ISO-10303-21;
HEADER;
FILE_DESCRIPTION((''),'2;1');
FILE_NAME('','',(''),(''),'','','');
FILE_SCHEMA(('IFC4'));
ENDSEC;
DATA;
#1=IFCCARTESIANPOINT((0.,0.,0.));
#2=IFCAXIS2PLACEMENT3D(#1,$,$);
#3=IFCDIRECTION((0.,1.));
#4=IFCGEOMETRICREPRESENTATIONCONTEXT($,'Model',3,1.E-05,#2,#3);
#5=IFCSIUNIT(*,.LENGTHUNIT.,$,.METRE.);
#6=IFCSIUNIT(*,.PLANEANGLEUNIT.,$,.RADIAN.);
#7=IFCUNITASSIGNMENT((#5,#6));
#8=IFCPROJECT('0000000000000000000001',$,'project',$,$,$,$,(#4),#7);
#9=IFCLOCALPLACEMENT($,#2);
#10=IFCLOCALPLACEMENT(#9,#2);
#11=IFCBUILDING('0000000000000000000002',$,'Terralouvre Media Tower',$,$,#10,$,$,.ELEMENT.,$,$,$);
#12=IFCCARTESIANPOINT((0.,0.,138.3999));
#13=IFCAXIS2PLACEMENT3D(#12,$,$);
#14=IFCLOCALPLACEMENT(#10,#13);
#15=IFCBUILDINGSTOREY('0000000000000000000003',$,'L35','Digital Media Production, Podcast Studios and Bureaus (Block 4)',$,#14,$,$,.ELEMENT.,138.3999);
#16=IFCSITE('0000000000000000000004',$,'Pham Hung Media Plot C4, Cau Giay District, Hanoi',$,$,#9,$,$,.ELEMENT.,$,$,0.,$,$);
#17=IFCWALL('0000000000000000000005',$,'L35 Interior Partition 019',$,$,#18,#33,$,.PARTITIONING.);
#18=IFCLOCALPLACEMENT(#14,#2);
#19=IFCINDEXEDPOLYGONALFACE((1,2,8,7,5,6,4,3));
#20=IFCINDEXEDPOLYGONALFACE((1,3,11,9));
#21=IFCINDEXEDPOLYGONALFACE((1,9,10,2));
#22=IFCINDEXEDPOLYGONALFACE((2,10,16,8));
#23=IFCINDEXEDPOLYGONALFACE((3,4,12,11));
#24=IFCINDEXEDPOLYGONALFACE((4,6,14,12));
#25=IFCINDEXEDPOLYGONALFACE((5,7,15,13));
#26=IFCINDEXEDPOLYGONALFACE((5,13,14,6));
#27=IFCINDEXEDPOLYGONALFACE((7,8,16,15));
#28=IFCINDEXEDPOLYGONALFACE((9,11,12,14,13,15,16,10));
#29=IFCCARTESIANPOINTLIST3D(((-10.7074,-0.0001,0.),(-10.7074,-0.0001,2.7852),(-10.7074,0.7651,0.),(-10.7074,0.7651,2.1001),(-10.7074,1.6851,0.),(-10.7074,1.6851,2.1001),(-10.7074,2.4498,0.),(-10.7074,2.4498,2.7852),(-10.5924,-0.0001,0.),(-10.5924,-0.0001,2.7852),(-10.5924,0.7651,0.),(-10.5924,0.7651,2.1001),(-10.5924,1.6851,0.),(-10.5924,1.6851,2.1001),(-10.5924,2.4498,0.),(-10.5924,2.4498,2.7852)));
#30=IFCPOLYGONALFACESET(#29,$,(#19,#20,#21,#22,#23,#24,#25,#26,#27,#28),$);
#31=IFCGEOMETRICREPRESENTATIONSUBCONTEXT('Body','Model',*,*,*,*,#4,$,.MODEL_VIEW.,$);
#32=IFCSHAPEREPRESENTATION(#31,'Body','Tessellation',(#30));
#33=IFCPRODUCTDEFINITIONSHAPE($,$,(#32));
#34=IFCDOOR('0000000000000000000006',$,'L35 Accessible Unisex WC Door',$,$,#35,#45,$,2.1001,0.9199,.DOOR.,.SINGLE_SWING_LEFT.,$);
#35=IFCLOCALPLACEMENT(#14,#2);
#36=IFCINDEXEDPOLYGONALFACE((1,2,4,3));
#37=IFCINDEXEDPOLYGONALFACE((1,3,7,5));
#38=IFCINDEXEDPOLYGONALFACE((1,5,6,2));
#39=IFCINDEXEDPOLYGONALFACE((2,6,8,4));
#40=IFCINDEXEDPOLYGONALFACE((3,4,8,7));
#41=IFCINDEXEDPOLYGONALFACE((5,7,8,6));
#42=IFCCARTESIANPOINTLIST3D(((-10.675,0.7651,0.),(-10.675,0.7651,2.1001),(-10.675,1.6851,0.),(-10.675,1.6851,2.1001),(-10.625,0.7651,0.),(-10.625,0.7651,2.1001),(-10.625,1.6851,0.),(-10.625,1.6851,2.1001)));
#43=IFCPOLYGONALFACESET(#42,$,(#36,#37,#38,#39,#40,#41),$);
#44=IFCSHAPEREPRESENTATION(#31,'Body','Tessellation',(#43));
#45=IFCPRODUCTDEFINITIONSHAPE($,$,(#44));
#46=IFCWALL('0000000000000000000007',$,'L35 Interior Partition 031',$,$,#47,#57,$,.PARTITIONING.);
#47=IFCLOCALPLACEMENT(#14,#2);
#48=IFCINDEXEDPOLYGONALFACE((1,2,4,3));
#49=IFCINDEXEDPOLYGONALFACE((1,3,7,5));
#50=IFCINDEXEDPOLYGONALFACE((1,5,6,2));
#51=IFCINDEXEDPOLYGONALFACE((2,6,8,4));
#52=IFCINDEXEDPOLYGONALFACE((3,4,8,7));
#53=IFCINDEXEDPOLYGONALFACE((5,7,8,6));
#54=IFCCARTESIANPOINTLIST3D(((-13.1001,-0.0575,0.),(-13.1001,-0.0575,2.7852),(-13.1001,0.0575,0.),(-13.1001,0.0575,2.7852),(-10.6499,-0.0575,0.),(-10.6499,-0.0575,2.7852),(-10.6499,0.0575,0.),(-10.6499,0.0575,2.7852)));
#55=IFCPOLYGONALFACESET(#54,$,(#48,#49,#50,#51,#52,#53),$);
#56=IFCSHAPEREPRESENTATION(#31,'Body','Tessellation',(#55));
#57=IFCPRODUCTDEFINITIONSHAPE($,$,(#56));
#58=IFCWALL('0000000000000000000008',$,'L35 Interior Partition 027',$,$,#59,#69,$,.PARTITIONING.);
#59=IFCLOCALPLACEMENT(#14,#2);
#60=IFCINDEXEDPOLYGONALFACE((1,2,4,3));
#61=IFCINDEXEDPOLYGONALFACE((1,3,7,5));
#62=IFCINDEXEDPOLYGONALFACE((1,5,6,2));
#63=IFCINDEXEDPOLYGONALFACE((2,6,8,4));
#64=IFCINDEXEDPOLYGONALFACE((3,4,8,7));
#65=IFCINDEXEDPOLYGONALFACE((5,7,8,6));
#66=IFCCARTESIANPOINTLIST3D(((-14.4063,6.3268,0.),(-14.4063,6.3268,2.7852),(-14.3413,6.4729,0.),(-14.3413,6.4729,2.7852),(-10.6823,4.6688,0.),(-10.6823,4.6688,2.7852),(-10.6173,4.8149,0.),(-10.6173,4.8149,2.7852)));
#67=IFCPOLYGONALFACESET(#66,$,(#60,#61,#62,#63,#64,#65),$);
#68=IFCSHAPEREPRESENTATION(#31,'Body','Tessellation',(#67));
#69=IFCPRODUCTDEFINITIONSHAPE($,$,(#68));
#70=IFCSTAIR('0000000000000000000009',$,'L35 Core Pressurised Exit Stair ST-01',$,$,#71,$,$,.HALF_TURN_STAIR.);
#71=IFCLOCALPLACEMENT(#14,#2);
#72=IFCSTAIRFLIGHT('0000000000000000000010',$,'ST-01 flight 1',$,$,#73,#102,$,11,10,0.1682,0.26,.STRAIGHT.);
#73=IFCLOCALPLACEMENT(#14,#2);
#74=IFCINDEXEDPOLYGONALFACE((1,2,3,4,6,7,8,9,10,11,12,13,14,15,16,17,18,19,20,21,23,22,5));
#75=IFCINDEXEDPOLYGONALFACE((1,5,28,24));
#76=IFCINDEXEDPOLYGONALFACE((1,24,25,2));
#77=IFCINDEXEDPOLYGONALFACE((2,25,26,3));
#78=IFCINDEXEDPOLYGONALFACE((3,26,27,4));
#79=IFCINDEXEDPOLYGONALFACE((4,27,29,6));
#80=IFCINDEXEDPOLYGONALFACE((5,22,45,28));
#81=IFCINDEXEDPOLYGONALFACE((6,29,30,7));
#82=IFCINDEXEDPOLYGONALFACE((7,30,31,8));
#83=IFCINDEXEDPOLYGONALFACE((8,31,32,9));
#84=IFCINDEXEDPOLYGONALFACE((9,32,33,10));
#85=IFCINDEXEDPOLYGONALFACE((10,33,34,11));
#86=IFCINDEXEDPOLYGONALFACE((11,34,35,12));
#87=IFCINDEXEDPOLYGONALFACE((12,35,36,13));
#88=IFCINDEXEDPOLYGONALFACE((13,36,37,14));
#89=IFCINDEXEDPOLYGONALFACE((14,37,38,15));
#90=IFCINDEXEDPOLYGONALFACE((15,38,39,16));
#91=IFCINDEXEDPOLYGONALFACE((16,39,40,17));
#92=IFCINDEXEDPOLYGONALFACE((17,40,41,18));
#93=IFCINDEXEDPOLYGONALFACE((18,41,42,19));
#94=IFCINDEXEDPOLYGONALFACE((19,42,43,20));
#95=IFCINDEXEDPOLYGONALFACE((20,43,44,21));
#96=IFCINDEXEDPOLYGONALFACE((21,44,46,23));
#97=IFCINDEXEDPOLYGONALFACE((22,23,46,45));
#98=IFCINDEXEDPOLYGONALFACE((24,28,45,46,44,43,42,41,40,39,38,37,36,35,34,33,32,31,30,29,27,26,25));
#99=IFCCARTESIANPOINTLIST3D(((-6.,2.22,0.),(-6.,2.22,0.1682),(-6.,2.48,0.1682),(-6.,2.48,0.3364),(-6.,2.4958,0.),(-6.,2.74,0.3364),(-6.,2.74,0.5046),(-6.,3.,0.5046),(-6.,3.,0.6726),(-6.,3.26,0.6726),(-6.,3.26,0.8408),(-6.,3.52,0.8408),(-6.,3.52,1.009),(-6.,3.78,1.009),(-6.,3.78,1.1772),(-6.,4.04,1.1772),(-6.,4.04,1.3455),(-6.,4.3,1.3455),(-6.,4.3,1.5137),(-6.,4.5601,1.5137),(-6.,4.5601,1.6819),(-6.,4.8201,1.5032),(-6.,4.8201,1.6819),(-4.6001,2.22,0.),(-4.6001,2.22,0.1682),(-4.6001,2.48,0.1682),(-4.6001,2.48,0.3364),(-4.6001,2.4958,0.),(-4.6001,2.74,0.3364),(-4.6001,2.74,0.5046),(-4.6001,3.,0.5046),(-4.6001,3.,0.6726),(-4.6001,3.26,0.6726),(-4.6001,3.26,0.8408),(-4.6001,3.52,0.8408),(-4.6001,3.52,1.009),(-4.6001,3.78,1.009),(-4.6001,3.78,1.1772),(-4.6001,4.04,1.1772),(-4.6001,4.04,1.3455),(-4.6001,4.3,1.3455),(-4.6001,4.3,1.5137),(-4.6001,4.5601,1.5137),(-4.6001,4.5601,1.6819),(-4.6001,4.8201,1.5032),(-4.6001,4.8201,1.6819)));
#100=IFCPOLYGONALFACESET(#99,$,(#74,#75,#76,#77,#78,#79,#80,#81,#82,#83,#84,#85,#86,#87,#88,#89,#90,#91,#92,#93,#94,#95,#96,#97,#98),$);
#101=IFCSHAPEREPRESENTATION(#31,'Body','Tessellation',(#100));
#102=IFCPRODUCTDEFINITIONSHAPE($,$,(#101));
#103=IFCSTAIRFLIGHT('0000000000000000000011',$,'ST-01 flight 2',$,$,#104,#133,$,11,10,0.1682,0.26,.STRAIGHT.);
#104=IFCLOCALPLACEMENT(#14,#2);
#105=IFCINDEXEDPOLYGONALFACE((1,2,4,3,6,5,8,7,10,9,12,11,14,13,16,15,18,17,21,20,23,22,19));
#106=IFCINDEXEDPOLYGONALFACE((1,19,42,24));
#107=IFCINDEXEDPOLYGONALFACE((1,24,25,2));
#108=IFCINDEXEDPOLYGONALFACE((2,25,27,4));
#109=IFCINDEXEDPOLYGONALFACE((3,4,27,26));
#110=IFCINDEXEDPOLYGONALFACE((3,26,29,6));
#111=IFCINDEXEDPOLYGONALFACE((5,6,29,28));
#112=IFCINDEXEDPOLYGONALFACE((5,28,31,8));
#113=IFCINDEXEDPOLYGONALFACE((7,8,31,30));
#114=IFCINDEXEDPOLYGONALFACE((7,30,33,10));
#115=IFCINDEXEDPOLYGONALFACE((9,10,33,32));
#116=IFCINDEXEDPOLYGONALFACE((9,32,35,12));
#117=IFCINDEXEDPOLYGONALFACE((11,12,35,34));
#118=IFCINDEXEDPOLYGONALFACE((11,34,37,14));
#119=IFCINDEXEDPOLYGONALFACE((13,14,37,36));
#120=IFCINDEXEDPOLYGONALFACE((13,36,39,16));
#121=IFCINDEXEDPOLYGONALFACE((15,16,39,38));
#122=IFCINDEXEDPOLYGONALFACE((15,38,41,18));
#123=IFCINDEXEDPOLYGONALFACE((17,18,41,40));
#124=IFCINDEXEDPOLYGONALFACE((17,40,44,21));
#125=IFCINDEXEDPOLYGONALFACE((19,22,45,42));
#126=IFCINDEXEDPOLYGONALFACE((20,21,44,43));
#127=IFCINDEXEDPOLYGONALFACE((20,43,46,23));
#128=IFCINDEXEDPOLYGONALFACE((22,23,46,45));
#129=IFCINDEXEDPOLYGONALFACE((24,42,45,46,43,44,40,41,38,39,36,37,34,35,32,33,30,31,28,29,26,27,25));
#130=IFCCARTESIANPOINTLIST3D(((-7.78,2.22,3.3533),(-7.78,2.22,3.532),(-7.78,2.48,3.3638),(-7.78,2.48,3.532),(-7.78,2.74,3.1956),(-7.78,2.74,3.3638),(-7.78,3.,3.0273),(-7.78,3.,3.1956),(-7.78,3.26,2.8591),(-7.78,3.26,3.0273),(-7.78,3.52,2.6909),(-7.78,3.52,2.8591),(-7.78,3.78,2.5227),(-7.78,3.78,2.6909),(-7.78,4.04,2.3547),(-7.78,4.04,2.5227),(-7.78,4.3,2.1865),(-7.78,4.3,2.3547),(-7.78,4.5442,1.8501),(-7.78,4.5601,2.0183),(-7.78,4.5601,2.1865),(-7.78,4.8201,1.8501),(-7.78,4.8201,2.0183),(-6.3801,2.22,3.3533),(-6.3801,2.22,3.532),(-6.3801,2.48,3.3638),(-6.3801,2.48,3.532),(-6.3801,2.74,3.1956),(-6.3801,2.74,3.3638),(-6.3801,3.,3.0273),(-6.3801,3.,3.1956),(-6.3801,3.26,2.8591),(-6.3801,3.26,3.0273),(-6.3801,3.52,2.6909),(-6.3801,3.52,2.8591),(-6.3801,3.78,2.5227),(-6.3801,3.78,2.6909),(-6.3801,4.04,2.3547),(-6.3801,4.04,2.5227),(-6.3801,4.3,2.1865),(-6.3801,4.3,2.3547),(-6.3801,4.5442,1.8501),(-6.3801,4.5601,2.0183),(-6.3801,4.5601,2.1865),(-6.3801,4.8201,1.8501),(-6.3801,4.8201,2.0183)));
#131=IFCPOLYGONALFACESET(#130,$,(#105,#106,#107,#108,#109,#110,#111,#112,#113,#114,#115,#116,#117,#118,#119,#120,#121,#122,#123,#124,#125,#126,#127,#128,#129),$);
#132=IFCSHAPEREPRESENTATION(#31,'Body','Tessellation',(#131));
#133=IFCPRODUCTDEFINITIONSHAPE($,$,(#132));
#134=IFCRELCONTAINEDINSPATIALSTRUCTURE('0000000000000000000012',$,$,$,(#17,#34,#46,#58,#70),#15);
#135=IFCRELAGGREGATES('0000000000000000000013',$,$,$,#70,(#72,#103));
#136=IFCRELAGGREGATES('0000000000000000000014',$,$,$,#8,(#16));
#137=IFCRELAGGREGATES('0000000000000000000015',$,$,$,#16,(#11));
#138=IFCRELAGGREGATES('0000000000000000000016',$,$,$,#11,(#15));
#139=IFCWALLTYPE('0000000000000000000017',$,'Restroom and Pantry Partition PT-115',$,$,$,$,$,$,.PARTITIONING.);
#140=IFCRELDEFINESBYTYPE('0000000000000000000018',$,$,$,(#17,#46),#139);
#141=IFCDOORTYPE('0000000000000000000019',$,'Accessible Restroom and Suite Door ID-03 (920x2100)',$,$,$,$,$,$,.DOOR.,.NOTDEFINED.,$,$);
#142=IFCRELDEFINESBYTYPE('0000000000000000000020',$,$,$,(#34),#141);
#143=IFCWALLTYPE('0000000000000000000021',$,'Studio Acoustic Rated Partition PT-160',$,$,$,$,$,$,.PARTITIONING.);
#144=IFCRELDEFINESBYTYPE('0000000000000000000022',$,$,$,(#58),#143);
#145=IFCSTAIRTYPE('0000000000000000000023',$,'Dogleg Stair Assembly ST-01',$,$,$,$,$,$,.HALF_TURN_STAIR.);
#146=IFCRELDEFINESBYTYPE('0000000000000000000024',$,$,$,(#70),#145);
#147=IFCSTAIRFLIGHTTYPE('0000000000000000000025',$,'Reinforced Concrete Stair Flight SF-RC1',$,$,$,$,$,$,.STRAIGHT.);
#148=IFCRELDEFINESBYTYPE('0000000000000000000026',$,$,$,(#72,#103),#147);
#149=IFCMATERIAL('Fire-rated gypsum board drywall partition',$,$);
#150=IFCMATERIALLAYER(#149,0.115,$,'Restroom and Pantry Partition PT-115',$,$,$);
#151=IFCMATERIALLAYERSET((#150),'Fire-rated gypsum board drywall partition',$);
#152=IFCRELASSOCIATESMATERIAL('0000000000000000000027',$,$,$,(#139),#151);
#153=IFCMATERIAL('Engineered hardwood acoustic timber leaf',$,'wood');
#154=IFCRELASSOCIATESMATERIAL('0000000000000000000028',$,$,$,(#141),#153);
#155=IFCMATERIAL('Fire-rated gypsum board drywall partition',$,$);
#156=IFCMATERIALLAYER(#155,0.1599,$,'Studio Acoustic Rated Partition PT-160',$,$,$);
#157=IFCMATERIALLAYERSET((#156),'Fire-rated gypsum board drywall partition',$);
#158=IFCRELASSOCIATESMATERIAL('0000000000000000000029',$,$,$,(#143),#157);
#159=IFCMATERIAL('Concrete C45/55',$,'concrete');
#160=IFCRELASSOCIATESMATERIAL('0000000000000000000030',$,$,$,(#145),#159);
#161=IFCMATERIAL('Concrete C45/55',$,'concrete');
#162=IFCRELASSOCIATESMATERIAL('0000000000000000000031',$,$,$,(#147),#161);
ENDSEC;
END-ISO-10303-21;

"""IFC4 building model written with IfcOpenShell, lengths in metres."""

from ifc_helpers import new_model, si_unit, direction, frame, frame_2d, origin, place, context, subcontext, project, spatial, polyline, rectangle, outline, extrude, material, layer, layer_set, type_object, element, fill, aggregate, save


model = new_model("IFC4")

# Units and contexts
model_context = context("Model", 3, precision=1e-05, world=origin(), true_north=direction((0.0, 1.0)))
body_context = subcontext(model_context, "Body", "Model", "MODEL_VIEW")
ifc_project = project(units=[si_unit("LENGTHUNIT", "METRE"), si_unit("PLANEANGLEUNIT", "RADIAN")], contexts=[model_context])

# Site, building, storey
site_placement = place(None, origin())
site = spatial("IfcSite", under=ifc_project, at=site_placement, Name="Pham Hung Media Plot C4, Cau Giay District, Hanoi", CompositionType="ELEMENT", RefElevation=0.0)
building_placement = place(site_placement, origin())
building = spatial("IfcBuilding", under=site, at=building_placement, Name="Terralouvre Media Tower", CompositionType="ELEMENT")
storey_placement = place(building_placement, frame((0.0, 0.0, 138.3999)))
storey = spatial("IfcBuildingStorey", under=building, at=storey_placement, Name="L35", Description="Digital Media Production, Podcast Studios and Bureaus (Block 4)", CompositionType="ELEMENT", Elevation=138.3999)

# Wall, opening, door
ifc_material_1 = material(Name="Fire-rated gypsum board drywall partition")
ifc_layer_1 = layer(ifc_material_1, 0.115, Name="Restroom and Pantry Partition PT-115")
ifc_layer_set_1 = layer_set([ifc_layer_1], Name="Fire-rated gypsum board drywall partition")
wall_type_1 = type_object("IfcWallType", Name="Restroom and Pantry Partition PT-115", PredefinedType="PARTITIONING", material=ifc_layer_set_1)
ifc_material_2 = material(Name="Engineered hardwood acoustic timber leaf", Category="wood")
door_type_1 = type_object("IfcDoorType", Name="Accessible Restroom and Suite Door ID-03 (920x2100)", OperationType="NOTDEFINED", PredefinedType="DOOR", material=ifc_material_2)
wall_1_placement = place(storey_placement, frame((-10.6499, 2.45, 0.0), z_axis=(0.0, 0.0, 1.0), x_axis=(0.0, -1.0, 0.0)))
wall_1 = element("IfcWall", 1, at=wall_1_placement, inside=storey, type_object=wall_type_1, Name="L35 Interior Partition 019", PredefinedType="PARTITIONING", context=body_context, shape_type="SweptSolid", body=[
    extrude(rectangle(XDim=2.45, YDim=0.115, at=frame_2d((1.2251, 0.0))), origin(), (0.0, 0.0, 1.0), 2.7852),
])
opening_1_placement = place(wall_1_placement, frame((0.7649, 0.0, 0.0)))
opening_1 = element("IfcOpeningElement", 2, at=opening_1_placement, cuts=wall_1, PredefinedType="OPENING", context=body_context, shape_type="SweptSolid", body=[
    extrude(rectangle(XDim=0.9199, YDim=2.1001, at=frame_2d((0.46, 1.05))), frame((0.0, 0.0674, 0.0), z_axis=(0.0, -1.0, 0.0), x_axis=(1.0, 0.0, 0.0)), (0.0, 0.0, 1.0), 0.135),
])
door_1_placement = place(opening_1_placement, origin())
door_1 = element("IfcDoor", 3, at=door_1_placement, inside=storey, type_object=door_type_1, Name="L35 Accessible Unisex WC Door", OperationType="SINGLE_SWING_LEFT", OverallHeight=2.1001, OverallWidth=0.9199, PredefinedType="DOOR", context=body_context, shape_type="SweptSolid", body=[
    extrude(rectangle(XDim=0.9199, YDim=2.1001, at=frame_2d((0.46, 1.05))), frame((0.0, 0.0249, 0.0), z_axis=(0.0, -1.0, 0.0), x_axis=(1.0, 0.0, 0.0)), (0.0, 0.0, 1.0), 0.05),
])
fill(opening_1, door_1)

# Wall
wall_2_placement = place(storey_placement, frame((-10.6499, 0.0, 0.0), z_axis=(0.0, 0.0, 1.0), x_axis=(-1.0, 0.0, 0.0)))
element("IfcWall", 4, at=wall_2_placement, inside=storey, type_object=wall_type_1, Name="L35 Interior Partition 031", PredefinedType="PARTITIONING", context=body_context, shape_type="SweptSolid", body=[
    extrude(rectangle(XDim=2.4502, YDim=0.115, at=frame_2d((1.2251, 0.0))), origin(), (0.0, 0.0, 1.0), 2.7852),
])

# Shared definitions
ifc_material_3 = material(Name="Fire-rated gypsum board drywall partition")
ifc_layer_2 = layer(ifc_material_3, 0.1599, Name="Studio Acoustic Rated Partition PT-160")
ifc_layer_set_2 = layer_set([ifc_layer_2], Name="Fire-rated gypsum board drywall partition")
wall_type_2 = type_object("IfcWallType", Name="Studio Acoustic Rated Partition PT-160", PredefinedType="PARTITIONING", material=ifc_layer_set_2)

# Wall
wall_3_placement = place(storey_placement, frame((-10.6499, 4.7419, 0.0), z_axis=(0.0, 0.0, 1.0), x_axis=(-0.913557, 0.406711, 0.0)))
element("IfcWall", 5, at=wall_3_placement, inside=storey, type_object=wall_type_2, Name="L35 Interior Partition 027", PredefinedType="PARTITIONING", context=body_context, shape_type="SweptSolid", body=[
    extrude(rectangle(XDim=4.0764, YDim=0.1599, at=frame_2d((2.0381, 0.0))), origin(), (0.0, 0.0, 1.0), 2.7852),
])

# Stair, stair flights
ifc_material_4 = material(Name="Concrete C45/55", Category="concrete")
stair_type = type_object("IfcStairType", Name="Dogleg Stair Assembly ST-01", PredefinedType="HALF_TURN_STAIR", material=ifc_material_4)
stair_placement = place(storey_placement, origin())
stair = element("IfcStair", 6, at=stair_placement, inside=storey, type_object=stair_type, Name="L35 Core Pressurised Exit Stair ST-01", PredefinedType="HALF_TURN_STAIR")
ifc_material_5 = material(Name="Concrete C45/55", Category="concrete")
stair_flight_type = type_object("IfcStairFlightType", Name="Reinforced Concrete Stair Flight SF-RC1", PredefinedType="STRAIGHT", material=ifc_material_5)
stair_flight_1_placement = place(storey_placement, frame((-5.3, 2.22, 0.0), z_axis=(0.0, 0.0, 1.0), x_axis=(0.0, 1.0, 0.0)))
stair_flight_1 = element("IfcStairFlight", 7, at=stair_flight_1_placement, type_object=stair_flight_type, Name="ST-01 flight 1", NumberOfRisers=11, NumberOfTreads=10, PredefinedType="STRAIGHT", RiserHeight=0.1682, TreadLength=0.26, context=body_context, shape_type="SweptSolid", body=[
    extrude(outline(polyline([(0.0, 0.0), (0.0, 0.1682), (0.26, 0.1682), (0.26, 0.3364), (0.52, 0.3364), (0.52, 0.5046), (0.78, 0.5046), (0.78, 0.6726), (1.04, 0.6726), (1.04, 0.8408), (1.3, 0.8408), (1.3, 1.009), (1.5601, 1.009), (1.5601, 1.1772), (1.8201, 1.1772), (1.8201, 1.3455), (2.0801, 1.3455), (2.0801, 1.5137), (2.3401, 1.5137), (2.3401, 1.6819), (2.6001, 1.6819), (2.6001, 1.8501), (2.6001, 1.5032), (0.2759, 0.0), (0.0, 0.0)])), frame((0.0, 0.7, 0.0), z_axis=(0.0, -1.0, 0.0), x_axis=(1.0, 0.0, 0.0)), (0.0, 0.0, 1.0), 1.3999),
])
stair_flight_2_placement = place(storey_placement, frame((-7.0801, 4.8201, 1.8501), z_axis=(0.0, 0.0, 1.0), x_axis=(0.0, -1.0, 0.0)))
stair_flight_2 = element("IfcStairFlight", 8, at=stair_flight_2_placement, type_object=stair_flight_type, Name="ST-01 flight 2", NumberOfRisers=11, NumberOfTreads=10, PredefinedType="STRAIGHT", RiserHeight=0.1682, TreadLength=0.26, context=body_context, shape_type="SweptSolid", body=[
    extrude(outline(polyline([(0.0, 0.0), (0.0, 0.1682), (0.26, 0.1682), (0.26, 0.3364), (0.52, 0.3364), (0.52, 0.5046), (0.78, 0.5046), (0.78, 0.6726), (1.04, 0.6726), (1.04, 0.8408), (1.3, 0.8408), (1.3, 1.009), (1.5601, 1.009), (1.5601, 1.1772), (1.8201, 1.1772), (1.8201, 1.3455), (2.0801, 1.3455), (2.0801, 1.5137), (2.3401, 1.5137), (2.3401, 1.6819), (2.6001, 1.6819), (2.6001, 1.8501), (2.6001, 1.5032), (0.2759, 0.0), (0.0, 0.0)])), frame((0.0, 0.7, 0.0), z_axis=(0.0, -1.0, 0.0), x_axis=(1.0, 0.0, 0.0)), (0.0, 0.0, 1.0), 1.3999),
])
aggregate(stair, [stair_flight_1, stair_flight_2])

save(model, "model.ifc")
